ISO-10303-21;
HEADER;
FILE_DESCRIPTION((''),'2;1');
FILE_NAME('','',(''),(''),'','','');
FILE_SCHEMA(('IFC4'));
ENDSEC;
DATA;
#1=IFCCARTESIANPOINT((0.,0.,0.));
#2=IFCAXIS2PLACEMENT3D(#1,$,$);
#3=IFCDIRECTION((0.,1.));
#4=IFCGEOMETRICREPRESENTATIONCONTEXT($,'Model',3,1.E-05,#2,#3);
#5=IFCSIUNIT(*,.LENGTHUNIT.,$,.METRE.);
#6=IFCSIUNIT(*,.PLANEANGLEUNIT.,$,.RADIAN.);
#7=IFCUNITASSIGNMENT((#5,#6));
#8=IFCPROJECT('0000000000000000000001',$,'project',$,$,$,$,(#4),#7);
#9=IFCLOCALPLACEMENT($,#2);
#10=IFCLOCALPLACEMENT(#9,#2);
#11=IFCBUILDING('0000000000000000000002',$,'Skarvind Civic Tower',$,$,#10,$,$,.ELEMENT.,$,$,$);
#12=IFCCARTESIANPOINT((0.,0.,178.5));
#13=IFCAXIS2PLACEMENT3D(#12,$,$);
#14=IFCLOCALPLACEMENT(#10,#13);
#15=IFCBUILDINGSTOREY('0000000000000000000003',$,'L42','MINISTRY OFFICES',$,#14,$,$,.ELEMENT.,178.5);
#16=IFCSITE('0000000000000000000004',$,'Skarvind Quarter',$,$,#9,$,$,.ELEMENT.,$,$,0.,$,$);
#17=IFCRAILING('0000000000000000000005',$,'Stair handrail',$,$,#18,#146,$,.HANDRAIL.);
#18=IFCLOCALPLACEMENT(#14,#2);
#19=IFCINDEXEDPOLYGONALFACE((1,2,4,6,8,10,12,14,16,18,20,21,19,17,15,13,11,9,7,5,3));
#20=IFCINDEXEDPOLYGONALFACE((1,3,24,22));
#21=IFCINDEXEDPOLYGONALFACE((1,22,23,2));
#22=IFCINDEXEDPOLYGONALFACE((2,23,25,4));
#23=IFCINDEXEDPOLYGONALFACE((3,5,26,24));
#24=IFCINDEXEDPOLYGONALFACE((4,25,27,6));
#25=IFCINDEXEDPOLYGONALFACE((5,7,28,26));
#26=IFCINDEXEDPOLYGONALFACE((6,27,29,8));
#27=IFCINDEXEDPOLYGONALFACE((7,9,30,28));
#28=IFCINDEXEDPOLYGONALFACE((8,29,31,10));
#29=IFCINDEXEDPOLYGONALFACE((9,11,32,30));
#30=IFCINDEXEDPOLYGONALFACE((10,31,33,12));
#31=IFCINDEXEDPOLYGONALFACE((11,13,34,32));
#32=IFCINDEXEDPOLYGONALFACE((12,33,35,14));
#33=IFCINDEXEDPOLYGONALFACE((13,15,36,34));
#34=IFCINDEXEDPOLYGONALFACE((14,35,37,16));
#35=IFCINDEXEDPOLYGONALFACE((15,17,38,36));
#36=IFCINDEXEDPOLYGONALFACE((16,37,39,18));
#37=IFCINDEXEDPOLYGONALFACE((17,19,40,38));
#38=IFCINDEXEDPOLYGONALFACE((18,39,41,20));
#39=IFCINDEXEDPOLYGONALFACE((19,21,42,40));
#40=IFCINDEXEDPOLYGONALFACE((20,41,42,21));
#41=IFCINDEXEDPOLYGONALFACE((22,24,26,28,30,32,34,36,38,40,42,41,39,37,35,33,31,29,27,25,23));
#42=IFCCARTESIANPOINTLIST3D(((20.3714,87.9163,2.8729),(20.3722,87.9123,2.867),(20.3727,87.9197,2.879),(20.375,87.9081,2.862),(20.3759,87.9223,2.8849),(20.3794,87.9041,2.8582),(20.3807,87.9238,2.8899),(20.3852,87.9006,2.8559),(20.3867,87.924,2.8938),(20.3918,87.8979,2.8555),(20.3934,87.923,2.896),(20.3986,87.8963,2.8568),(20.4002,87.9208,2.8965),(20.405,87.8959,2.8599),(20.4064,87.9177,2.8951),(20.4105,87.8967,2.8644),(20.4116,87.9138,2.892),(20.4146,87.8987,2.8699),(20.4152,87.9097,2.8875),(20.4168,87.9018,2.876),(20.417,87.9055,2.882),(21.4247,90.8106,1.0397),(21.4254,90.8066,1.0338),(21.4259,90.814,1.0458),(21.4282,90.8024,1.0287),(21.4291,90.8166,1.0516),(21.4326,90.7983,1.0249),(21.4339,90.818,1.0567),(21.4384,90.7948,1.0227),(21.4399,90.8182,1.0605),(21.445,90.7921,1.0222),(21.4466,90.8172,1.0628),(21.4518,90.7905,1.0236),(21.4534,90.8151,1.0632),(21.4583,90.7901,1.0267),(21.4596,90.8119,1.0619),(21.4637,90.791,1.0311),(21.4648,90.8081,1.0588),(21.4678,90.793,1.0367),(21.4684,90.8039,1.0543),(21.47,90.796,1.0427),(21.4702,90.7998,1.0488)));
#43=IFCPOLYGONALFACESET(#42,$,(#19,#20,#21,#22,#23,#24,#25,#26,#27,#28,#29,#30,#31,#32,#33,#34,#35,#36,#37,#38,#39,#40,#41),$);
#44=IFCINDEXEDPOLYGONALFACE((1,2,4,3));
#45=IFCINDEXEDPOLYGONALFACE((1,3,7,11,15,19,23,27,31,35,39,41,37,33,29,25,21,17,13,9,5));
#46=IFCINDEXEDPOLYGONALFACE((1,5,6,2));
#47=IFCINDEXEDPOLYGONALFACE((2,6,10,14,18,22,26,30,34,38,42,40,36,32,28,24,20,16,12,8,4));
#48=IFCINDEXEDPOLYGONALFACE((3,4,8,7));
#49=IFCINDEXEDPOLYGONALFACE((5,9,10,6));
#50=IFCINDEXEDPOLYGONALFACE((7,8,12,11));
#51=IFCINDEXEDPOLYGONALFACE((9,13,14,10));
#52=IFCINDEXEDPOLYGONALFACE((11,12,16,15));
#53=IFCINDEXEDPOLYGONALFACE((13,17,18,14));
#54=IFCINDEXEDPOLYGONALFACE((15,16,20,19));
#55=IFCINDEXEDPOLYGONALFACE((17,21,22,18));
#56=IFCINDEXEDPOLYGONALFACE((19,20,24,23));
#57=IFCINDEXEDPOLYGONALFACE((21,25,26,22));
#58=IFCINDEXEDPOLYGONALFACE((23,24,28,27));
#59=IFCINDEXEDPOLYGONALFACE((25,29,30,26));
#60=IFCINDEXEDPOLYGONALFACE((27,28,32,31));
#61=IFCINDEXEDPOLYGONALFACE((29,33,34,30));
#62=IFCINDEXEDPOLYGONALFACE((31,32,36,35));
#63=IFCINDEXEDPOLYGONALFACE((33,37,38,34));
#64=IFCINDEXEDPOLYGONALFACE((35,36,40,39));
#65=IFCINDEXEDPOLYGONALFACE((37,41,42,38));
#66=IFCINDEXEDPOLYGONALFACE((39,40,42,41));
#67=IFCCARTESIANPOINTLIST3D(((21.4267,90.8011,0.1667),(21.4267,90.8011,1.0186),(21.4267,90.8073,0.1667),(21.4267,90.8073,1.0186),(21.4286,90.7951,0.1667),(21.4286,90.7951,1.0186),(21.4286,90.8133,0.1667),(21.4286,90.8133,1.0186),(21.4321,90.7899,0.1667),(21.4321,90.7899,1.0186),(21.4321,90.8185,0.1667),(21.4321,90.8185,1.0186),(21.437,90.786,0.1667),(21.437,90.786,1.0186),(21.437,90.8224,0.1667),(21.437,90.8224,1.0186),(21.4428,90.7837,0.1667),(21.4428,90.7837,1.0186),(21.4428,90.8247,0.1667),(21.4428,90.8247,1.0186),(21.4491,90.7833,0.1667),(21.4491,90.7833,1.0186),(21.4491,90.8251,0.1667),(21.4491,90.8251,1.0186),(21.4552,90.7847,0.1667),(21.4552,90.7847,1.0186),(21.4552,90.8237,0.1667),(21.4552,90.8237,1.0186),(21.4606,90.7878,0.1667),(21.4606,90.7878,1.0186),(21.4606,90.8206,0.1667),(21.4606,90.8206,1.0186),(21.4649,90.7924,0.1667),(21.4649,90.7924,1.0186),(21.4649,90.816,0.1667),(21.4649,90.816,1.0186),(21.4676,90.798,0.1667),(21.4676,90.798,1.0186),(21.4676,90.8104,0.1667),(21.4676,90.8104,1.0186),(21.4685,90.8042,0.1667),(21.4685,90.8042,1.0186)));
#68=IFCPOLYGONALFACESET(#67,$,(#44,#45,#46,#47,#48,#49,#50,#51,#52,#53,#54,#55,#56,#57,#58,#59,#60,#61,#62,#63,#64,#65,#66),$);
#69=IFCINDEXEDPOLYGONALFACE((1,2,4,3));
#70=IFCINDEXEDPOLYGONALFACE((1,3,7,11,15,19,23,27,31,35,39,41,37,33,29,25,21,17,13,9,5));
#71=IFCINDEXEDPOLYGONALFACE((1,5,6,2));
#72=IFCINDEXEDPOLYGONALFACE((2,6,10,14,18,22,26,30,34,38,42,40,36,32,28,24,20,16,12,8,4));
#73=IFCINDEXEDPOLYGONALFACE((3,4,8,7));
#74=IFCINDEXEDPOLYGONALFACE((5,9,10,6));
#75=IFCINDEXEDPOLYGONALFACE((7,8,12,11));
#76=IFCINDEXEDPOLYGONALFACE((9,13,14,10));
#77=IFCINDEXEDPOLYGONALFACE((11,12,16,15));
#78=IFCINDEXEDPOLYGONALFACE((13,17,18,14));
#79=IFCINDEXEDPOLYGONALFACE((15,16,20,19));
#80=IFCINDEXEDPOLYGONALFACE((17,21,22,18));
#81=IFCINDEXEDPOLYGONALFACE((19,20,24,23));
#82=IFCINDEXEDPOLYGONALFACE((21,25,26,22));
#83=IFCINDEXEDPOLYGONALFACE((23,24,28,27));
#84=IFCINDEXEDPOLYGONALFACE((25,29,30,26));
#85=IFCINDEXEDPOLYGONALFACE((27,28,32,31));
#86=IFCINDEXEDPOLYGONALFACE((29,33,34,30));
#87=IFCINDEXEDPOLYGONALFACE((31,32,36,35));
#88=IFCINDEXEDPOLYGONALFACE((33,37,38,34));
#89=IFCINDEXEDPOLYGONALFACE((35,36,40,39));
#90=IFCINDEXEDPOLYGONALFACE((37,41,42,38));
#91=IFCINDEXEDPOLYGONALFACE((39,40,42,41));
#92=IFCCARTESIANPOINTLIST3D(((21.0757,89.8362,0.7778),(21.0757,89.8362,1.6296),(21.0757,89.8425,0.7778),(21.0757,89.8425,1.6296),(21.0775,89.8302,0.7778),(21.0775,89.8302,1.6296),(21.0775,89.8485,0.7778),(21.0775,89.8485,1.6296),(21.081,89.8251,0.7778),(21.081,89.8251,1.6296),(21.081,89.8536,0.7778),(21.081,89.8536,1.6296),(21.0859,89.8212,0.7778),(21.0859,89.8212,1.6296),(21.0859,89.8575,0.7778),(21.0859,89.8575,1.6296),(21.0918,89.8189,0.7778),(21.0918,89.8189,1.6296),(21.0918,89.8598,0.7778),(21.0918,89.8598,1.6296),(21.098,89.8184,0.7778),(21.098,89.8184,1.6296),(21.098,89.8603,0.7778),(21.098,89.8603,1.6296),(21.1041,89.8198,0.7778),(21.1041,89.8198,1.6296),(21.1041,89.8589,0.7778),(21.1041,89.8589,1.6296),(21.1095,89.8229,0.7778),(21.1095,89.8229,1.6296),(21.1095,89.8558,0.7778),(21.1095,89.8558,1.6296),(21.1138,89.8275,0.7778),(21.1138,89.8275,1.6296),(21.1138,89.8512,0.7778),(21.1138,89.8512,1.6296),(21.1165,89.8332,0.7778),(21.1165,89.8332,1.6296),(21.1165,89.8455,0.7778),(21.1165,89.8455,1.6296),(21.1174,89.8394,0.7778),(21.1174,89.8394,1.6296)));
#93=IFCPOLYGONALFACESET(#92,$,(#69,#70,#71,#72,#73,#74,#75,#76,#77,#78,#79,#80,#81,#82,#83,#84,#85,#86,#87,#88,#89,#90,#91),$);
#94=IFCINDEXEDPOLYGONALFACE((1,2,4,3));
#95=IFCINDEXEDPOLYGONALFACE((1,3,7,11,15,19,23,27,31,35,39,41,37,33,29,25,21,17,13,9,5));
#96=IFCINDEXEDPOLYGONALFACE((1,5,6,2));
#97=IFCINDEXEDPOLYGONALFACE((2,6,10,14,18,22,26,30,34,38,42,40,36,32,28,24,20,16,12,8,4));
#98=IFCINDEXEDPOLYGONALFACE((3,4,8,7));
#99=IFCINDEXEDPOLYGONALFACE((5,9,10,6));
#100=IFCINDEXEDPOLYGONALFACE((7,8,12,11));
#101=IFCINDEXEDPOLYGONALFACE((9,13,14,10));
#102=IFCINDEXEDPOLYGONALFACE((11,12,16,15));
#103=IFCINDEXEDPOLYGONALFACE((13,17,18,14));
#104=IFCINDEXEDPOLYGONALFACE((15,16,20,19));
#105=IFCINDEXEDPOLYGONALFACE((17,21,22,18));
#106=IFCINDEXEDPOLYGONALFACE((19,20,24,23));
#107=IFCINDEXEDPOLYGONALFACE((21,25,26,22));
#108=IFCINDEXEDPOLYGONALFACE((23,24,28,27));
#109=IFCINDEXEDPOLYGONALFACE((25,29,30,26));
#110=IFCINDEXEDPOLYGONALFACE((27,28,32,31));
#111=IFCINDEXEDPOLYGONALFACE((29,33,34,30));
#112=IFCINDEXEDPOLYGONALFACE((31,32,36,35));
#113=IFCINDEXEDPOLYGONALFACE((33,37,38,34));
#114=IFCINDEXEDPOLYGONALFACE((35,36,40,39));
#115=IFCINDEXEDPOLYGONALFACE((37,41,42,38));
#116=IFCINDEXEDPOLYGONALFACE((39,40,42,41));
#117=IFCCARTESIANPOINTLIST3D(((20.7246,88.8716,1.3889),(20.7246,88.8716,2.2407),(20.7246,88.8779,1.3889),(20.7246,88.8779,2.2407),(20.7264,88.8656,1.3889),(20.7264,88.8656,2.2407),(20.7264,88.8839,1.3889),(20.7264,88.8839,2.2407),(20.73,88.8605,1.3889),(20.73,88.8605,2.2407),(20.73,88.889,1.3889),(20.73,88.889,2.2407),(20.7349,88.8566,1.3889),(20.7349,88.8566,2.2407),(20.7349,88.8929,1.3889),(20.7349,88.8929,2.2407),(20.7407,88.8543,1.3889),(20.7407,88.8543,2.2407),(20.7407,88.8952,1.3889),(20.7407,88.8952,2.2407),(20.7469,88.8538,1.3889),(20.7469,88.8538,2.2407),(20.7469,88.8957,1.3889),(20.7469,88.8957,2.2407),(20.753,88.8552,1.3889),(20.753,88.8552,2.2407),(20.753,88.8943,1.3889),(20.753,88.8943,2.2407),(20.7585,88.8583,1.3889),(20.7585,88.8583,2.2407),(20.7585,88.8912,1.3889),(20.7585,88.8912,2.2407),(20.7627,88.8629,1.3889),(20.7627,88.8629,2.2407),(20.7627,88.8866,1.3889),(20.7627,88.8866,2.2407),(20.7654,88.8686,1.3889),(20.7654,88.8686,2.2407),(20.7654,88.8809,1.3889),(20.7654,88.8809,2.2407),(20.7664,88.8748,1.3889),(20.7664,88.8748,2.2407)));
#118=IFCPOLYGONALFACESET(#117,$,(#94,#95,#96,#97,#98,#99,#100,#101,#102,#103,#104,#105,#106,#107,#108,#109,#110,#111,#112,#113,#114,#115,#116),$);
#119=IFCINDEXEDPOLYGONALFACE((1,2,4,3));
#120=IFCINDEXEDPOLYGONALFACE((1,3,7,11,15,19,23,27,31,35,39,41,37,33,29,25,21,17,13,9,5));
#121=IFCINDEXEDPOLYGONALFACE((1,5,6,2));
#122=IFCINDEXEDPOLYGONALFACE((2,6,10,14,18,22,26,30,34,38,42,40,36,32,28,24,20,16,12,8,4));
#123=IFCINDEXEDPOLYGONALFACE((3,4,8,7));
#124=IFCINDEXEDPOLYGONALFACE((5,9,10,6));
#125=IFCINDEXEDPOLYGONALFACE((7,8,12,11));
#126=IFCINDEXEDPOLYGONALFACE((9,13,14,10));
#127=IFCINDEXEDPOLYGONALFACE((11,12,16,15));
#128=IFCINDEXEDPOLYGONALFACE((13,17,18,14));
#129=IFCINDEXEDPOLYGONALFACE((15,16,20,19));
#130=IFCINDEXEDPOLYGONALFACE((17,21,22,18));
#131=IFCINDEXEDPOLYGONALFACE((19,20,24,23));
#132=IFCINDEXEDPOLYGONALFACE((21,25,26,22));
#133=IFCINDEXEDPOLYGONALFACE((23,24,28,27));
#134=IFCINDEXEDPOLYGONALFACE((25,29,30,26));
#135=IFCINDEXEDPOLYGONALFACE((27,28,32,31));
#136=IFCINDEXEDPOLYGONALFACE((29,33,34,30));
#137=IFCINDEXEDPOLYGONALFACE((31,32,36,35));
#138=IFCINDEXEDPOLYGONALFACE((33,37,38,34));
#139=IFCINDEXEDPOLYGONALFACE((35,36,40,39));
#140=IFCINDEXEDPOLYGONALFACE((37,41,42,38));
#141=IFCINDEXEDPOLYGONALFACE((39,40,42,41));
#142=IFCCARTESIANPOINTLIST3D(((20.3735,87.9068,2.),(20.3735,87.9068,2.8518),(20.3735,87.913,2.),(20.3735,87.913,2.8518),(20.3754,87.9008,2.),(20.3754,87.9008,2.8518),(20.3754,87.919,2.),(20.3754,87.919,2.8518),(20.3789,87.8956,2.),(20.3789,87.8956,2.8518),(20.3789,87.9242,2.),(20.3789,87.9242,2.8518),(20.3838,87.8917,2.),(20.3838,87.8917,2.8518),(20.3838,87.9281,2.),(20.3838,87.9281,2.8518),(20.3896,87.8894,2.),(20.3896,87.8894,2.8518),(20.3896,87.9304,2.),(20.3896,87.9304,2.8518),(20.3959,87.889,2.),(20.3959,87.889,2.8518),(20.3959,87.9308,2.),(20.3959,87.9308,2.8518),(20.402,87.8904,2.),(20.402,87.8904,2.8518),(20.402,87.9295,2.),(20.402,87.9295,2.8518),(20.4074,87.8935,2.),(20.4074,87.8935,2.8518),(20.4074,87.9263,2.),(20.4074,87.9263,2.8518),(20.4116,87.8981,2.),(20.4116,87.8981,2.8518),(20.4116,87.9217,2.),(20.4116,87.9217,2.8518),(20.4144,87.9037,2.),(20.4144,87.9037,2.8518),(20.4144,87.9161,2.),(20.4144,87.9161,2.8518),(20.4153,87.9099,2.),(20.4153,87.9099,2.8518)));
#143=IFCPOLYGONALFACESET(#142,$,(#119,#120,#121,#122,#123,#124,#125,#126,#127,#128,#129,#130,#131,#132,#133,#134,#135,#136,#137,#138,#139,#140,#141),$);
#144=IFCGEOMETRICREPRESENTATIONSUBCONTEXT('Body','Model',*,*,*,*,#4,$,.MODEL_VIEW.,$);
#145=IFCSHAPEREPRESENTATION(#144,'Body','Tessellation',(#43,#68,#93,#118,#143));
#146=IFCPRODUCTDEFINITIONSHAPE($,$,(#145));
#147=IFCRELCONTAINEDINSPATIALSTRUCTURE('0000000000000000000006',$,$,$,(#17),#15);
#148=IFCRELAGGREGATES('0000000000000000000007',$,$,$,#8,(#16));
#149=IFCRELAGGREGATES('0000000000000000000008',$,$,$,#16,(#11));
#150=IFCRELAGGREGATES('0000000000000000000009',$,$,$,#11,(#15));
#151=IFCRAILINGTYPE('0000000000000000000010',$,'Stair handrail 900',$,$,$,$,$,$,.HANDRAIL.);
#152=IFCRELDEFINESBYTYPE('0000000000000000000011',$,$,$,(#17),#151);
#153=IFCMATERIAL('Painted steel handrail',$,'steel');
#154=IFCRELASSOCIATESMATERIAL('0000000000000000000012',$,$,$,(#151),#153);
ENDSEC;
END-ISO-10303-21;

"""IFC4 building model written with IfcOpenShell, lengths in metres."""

from ifc_helpers import new_model, si_unit, direction, frame, origin, origin_2d, place, context, subcontext, project, spatial, circle, extrude, material, type_object, element, save


model = new_model("IFC4")

# Units and contexts
model_context = context("Model", 3, precision=1e-05, world=origin(), true_north=direction((0.0, 1.0)))
body_context = subcontext(model_context, "Body", "Model", "MODEL_VIEW")
ifc_project = project(units=[si_unit("LENGTHUNIT", "METRE"), si_unit("PLANEANGLEUNIT", "RADIAN")], contexts=[model_context])

# Site, building, storey
site_placement = place(None, origin())
site = spatial("IfcSite", under=ifc_project, at=site_placement, Name="Skarvind Quarter", CompositionType="ELEMENT", RefElevation=0.0)
building_placement = place(site_placement, origin())
building = spatial("IfcBuilding", under=site, at=building_placement, Name="Skarvind Civic Tower", CompositionType="ELEMENT")
storey_placement = place(building_placement, frame((0.0, 0.0, 178.5)))
storey = spatial("IfcBuildingStorey", under=building, at=storey_placement, Name="L42", Description="MINISTRY OFFICES", CompositionType="ELEMENT", Elevation=178.5)

# Railing
ifc_material_1 = material(Name="Painted steel handrail", Category="steel")
railing_type = type_object("IfcRailingType", Name="Stair handrail 900", PredefinedType="HANDRAIL", material=ifc_material_1)
railing_1_placement = place(storey_placement, frame((21.4475, 90.8042, 0.1667)))
element("IfcRailing", 1, at=railing_1_placement, inside=storey, type_object=railing_type, Name="Stair handrail", PredefinedType="HANDRAIL", context=body_context, shape_type="SweptSolid", body=[
    extrude(circle(Radius=0.0239, at=origin_2d()), frame((0.0, 0.0, 0.876), z_axis=(-0.293846, -0.807497, 0.511472), x_axis=(0.939715, -0.341959, 0.0)), (0.0, 0.0, 1.0), 3.5842),
    extrude(circle(Radius=0.021, at=origin_2d()), origin(), (0.0, 0.0, 1.0), 0.8518),
    extrude(circle(Radius=0.021, at=origin_2d()), frame((-0.3511, -0.9648, 0.6111)), (0.0, 0.0, 1.0), 0.8518),
    extrude(circle(Radius=0.021, at=origin_2d()), frame((-0.7021, -1.9294, 1.2222)), (0.0, 0.0, 1.0), 0.8518),
    extrude(circle(Radius=0.021, at=origin_2d()), frame((-1.0532, -2.8943, 1.8333)), (0.0, 0.0, 1.0), 0.8518),
])

save(model, "model.ifc")
